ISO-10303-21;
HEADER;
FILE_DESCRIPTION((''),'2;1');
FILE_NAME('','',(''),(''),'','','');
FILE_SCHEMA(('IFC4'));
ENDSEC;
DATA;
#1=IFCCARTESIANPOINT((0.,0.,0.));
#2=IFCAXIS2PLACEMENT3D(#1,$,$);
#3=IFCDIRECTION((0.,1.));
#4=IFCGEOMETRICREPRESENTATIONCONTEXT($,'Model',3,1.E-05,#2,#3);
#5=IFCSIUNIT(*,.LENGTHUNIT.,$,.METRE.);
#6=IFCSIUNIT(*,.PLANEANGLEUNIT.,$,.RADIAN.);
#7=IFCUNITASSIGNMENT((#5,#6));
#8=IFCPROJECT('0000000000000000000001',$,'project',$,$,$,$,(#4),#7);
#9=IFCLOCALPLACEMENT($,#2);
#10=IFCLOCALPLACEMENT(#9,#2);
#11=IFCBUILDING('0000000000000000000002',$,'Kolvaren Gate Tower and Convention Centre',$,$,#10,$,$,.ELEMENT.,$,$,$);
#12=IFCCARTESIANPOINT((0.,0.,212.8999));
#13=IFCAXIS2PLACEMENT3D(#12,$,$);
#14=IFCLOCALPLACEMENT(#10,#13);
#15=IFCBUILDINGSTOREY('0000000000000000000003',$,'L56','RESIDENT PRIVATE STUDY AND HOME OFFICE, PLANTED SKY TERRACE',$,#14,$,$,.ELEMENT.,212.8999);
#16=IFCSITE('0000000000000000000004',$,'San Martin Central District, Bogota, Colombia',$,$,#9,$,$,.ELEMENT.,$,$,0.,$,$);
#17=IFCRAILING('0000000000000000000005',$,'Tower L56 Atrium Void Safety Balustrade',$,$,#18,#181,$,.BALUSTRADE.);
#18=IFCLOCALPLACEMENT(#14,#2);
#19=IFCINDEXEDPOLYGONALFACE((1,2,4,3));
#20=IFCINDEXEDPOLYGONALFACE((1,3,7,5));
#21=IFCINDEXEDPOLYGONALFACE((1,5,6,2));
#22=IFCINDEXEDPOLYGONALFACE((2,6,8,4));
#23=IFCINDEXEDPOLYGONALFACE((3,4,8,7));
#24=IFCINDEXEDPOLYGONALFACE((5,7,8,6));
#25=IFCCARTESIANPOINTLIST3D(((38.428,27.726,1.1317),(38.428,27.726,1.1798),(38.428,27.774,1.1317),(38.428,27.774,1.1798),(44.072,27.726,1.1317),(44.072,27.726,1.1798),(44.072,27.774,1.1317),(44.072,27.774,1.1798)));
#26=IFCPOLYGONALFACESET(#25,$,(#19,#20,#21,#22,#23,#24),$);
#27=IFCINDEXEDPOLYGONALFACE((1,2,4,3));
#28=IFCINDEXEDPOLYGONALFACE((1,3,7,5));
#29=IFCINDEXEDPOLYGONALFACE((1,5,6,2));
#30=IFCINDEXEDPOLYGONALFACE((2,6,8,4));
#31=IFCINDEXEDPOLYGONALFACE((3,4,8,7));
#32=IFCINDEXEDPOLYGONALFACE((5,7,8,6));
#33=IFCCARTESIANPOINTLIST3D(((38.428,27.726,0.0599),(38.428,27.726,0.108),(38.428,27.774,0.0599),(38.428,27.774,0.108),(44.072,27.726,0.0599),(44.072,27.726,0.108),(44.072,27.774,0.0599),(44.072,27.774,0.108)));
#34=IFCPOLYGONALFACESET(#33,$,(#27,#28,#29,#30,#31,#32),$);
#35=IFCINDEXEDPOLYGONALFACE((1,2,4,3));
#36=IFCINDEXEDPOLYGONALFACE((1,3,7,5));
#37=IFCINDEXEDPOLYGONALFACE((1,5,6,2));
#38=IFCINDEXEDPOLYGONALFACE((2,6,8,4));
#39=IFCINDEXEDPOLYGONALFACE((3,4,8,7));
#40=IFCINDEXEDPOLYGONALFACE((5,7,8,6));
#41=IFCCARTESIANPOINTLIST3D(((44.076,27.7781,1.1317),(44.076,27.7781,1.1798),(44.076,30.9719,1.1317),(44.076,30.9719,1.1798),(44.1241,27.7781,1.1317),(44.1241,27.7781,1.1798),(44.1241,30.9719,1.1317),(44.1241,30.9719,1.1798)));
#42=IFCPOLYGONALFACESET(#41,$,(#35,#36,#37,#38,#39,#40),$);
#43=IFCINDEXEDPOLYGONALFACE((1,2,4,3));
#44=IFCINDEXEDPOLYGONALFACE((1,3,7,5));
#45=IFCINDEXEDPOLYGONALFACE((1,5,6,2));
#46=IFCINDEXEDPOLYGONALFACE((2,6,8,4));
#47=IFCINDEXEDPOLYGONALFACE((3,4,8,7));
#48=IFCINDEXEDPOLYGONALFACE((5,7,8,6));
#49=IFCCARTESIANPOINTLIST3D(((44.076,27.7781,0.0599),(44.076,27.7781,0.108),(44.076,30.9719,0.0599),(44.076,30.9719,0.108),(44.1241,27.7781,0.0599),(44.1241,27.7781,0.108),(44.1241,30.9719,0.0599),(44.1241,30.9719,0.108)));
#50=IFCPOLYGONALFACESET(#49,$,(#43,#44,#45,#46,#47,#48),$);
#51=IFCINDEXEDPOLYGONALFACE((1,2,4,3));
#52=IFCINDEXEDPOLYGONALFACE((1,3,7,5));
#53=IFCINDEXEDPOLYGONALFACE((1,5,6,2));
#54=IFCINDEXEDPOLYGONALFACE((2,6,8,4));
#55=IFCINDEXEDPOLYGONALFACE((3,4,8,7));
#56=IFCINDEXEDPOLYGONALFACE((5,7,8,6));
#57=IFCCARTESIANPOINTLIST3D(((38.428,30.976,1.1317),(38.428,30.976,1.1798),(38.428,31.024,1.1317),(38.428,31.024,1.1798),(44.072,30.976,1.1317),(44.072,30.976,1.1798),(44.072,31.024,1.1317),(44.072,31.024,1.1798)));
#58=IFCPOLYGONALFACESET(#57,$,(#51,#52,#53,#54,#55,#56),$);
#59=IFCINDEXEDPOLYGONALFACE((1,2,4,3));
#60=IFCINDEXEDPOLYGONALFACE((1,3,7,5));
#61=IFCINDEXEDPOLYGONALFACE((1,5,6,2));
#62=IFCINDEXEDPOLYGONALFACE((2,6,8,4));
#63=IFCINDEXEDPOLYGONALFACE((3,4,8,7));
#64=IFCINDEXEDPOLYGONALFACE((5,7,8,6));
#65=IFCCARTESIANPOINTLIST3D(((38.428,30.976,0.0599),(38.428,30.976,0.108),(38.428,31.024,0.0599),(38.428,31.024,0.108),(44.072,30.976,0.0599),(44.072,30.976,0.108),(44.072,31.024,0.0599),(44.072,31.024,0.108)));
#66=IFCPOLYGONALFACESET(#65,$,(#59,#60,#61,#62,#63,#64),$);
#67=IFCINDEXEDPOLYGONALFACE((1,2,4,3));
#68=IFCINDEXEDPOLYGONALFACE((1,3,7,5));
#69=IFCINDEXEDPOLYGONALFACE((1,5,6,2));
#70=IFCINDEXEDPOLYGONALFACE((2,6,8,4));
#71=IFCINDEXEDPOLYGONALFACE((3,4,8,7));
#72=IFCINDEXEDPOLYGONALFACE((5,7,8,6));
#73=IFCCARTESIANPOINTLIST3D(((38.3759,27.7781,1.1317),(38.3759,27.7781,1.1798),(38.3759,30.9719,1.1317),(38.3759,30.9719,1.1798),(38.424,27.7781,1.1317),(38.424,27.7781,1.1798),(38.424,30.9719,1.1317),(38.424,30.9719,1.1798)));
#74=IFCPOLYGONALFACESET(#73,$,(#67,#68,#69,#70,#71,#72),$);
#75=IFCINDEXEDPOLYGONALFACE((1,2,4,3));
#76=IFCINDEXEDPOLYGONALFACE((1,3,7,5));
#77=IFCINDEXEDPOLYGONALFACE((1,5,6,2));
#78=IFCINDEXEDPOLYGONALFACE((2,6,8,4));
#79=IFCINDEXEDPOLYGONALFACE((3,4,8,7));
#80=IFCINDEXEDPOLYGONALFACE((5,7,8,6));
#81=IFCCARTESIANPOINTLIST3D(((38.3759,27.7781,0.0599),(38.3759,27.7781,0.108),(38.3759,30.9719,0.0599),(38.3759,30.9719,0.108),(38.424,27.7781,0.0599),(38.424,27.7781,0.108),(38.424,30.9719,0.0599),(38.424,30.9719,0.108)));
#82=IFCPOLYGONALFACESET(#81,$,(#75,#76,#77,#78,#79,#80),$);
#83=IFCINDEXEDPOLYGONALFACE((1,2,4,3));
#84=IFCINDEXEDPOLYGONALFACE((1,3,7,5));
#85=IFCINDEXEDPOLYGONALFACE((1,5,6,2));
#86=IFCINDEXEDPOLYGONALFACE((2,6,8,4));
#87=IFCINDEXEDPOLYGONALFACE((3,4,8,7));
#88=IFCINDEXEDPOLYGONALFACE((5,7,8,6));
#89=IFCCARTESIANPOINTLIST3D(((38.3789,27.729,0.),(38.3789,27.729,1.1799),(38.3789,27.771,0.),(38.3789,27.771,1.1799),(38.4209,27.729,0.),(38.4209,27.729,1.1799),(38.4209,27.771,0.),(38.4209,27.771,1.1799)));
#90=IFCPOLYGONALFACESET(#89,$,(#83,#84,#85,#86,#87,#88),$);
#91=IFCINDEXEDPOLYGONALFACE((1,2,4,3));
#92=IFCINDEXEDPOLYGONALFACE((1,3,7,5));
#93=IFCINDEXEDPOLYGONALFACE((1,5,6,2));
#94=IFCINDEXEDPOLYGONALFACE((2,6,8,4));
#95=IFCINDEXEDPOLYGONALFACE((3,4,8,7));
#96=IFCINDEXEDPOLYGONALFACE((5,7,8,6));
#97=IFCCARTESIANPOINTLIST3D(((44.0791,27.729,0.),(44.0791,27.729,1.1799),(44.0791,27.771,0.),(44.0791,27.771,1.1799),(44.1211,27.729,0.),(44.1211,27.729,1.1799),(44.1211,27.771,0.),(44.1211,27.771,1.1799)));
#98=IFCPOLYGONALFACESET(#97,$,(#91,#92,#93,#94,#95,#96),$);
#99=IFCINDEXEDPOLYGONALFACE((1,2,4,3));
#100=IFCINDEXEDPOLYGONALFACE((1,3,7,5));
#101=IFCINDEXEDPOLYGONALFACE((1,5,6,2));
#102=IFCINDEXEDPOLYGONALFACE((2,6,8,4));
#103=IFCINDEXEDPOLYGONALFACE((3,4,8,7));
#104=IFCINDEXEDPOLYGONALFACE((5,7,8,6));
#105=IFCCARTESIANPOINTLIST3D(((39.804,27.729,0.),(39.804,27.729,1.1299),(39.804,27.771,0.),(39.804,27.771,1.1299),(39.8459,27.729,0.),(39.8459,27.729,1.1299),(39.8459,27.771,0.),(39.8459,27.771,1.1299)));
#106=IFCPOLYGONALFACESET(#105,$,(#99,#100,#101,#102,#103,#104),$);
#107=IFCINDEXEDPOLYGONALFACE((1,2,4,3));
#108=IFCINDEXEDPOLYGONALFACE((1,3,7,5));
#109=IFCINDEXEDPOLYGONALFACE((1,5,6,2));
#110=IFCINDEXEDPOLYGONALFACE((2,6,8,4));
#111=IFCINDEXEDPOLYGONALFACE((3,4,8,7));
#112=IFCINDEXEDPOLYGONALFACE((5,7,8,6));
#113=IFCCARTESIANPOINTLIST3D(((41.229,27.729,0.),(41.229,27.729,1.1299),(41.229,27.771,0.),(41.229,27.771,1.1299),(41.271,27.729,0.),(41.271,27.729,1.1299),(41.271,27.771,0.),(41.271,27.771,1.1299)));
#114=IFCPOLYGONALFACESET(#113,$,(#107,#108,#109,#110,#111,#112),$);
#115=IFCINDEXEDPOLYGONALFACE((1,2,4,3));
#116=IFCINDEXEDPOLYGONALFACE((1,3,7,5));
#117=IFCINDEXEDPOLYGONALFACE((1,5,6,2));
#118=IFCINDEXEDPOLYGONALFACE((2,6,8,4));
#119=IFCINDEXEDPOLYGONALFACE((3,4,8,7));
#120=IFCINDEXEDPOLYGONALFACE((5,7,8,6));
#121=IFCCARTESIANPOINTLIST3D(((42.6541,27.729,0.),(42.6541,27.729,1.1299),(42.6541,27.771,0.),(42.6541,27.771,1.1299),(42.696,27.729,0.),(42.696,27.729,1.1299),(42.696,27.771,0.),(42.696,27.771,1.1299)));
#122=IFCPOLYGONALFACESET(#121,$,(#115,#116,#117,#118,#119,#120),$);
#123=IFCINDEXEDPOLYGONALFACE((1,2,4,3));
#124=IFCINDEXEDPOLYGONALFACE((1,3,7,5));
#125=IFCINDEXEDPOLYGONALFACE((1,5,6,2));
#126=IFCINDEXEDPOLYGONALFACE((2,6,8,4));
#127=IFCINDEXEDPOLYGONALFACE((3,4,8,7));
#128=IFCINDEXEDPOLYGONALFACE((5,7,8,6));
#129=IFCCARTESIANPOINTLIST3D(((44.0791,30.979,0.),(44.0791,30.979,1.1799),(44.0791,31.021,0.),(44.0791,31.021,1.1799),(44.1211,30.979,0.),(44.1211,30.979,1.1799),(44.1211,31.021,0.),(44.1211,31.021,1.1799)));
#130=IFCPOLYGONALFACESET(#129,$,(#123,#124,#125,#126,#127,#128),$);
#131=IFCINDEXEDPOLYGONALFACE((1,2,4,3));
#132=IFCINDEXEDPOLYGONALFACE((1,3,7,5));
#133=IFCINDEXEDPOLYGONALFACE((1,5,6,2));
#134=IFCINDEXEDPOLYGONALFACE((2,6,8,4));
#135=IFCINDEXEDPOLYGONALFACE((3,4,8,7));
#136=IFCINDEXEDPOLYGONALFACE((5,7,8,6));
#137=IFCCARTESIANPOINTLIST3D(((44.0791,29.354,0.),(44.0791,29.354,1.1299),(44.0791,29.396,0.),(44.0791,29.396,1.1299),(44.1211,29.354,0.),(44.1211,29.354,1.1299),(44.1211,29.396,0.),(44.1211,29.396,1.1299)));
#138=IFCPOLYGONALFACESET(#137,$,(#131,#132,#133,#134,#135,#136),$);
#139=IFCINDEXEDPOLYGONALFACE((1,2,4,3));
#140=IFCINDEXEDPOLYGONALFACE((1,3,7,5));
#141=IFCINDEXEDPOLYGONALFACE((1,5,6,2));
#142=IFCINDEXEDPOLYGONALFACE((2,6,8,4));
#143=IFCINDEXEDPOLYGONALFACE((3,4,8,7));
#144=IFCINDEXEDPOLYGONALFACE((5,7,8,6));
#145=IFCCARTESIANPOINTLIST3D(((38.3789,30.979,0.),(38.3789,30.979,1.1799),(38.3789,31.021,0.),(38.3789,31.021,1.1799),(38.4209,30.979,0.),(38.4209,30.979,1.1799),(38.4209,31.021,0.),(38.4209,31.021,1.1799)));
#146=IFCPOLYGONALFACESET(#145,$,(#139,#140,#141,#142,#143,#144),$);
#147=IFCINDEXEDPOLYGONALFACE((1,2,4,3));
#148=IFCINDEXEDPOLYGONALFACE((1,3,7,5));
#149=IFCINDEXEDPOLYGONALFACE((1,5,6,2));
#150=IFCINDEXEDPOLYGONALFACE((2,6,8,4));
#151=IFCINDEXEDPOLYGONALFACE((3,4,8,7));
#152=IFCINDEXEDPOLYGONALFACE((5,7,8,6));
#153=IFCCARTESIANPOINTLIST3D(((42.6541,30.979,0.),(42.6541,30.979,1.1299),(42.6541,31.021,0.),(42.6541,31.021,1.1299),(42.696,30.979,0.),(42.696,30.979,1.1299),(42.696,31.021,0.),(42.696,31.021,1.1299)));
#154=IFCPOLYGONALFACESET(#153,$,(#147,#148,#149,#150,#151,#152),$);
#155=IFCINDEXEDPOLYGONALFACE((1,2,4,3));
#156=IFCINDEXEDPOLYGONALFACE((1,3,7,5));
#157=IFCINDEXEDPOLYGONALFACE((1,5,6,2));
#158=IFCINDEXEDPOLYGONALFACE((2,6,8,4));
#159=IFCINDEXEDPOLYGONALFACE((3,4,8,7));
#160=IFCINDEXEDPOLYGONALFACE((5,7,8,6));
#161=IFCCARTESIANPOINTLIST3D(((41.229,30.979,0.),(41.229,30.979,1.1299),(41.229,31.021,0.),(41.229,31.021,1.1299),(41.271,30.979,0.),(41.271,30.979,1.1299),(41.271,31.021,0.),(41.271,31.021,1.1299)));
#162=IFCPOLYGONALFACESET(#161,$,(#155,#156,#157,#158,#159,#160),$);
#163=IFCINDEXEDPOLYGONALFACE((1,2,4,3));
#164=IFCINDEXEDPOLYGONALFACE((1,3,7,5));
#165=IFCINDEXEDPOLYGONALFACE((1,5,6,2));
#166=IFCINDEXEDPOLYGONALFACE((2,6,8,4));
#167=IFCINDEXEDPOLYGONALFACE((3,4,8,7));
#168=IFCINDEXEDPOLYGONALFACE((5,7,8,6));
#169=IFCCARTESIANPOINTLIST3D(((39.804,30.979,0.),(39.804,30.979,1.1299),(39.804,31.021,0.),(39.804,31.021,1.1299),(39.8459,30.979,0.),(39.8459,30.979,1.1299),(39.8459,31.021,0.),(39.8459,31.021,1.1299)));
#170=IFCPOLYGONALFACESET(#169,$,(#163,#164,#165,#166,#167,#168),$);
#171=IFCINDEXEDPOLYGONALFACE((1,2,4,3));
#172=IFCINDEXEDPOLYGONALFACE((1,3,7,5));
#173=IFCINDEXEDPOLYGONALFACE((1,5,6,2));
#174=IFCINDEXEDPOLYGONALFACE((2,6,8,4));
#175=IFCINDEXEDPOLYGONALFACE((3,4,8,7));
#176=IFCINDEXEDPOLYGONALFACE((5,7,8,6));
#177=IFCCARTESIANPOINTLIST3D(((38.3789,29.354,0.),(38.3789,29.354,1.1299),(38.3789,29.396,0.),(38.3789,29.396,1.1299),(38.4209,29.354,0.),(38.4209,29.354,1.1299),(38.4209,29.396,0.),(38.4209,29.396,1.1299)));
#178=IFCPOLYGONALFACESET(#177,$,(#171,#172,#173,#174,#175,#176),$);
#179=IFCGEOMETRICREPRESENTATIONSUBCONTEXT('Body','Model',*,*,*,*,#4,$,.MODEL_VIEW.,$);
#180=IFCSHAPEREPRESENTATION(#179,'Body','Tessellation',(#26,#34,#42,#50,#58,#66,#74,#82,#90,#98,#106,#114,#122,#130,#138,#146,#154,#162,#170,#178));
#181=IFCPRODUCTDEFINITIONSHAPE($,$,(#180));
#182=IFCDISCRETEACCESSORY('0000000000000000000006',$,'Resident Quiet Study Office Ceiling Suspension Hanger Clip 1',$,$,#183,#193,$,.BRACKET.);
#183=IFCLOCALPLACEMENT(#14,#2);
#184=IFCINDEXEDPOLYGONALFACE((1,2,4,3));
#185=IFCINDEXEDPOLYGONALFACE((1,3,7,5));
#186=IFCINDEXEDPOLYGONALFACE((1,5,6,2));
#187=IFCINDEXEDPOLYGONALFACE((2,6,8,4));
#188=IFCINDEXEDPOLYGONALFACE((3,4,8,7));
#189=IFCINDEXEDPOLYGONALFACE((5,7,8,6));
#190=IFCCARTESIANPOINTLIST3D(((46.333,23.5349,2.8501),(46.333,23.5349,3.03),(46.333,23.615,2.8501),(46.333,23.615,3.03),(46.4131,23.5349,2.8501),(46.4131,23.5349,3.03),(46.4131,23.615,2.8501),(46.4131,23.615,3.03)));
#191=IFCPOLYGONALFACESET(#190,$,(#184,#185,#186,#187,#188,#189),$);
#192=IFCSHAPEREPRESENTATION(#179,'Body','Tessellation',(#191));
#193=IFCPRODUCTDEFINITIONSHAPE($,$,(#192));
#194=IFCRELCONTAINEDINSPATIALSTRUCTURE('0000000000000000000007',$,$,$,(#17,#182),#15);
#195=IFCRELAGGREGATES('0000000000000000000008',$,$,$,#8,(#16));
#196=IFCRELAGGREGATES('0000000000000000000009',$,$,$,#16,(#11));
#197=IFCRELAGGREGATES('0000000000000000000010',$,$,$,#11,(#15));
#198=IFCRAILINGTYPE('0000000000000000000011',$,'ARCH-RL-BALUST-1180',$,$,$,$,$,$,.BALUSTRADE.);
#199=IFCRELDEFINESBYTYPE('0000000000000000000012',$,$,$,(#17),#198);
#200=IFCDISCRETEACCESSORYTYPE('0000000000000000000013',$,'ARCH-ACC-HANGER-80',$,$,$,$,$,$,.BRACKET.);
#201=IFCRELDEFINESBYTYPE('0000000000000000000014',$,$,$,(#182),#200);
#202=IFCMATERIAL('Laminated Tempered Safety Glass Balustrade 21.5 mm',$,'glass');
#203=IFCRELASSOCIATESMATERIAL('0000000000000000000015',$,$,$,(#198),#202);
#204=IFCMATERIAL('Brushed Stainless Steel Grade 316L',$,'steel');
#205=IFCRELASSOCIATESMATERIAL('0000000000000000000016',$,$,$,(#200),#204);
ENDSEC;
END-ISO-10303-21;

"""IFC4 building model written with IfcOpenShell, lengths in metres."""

from ifc_helpers import new_model, si_unit, direction, frame, origin, origin_2d, place, context, subcontext, project, spatial, rectangle, extrude, material, type_object, element, save


model = new_model("IFC4")

# Units and contexts
model_context = context("Model", 3, precision=1e-05, world=origin(), true_north=direction((0.0, 1.0)))
body_context = subcontext(model_context, "Body", "Model", "MODEL_VIEW")
ifc_project = project(units=[si_unit("LENGTHUNIT", "METRE"), si_unit("PLANEANGLEUNIT", "RADIAN")], contexts=[model_context])

# Site, building, storey
site_placement = place(None, origin())
site = spatial("IfcSite", under=ifc_project, at=site_placement, Name="San Martin Central District, Bogota, Colombia", CompositionType="ELEMENT", RefElevation=0.0)
building_placement = place(site_placement, origin())
building = spatial("IfcBuilding", under=site, at=building_placement, Name="Kolvaren Gate Tower and Convention Centre", CompositionType="ELEMENT")
storey_placement = place(building_placement, frame((0.0, 0.0, 212.8999)))
storey = spatial("IfcBuildingStorey", under=building, at=storey_placement, Name="L56", Description="RESIDENT PRIVATE STUDY AND HOME OFFICE, PLANTED SKY TERRACE", CompositionType="ELEMENT", Elevation=212.8999)

# Railing
ifc_material_1 = material(Name="Laminated Tempered Safety Glass Balustrade 21.5 mm", Category="glass")
railing_type = type_object("IfcRailingType", Name="ARCH-RL-BALUST-1180", PredefinedType="BALUSTRADE", material=ifc_material_1)
railing_placement = place(storey_placement, frame((38.3999, 27.75, 0.0)))
element("IfcRailing", 1, at=railing_placement, inside=storey, type_object=railing_type, Name="Tower L56 Atrium Void Safety Balustrade", PredefinedType="BALUSTRADE", context=body_context, shape_type="SweptSolid", body=[
    extrude(rectangle(XDim=0.0481, YDim=0.0481, at=origin_2d()), frame((0.0281, 0.0, 1.1558), z_axis=(1.0, 0.0, 0.0), x_axis=(0.0, 1.0, 0.0)), (0.0, 0.0, 1.0), 5.644),
    extrude(rectangle(XDim=0.0481, YDim=0.0481, at=origin_2d()), frame((0.0281, 0.0, 0.084), z_axis=(1.0, 0.0, 0.0), x_axis=(0.0, 1.0, 0.0)), (0.0, 0.0, 1.0), 5.644),
    extrude(rectangle(XDim=0.0481, YDim=0.0481, at=origin_2d()), frame((5.7002, 0.0281, 1.1558), z_axis=(0.0, 1.0, 0.0), x_axis=(-1.0, 0.0, 0.0)), (0.0, 0.0, 1.0), 3.1938),
    extrude(rectangle(XDim=0.0481, YDim=0.0481, at=origin_2d()), frame((5.7002, 0.0281, 0.084), z_axis=(0.0, 1.0, 0.0), x_axis=(-1.0, 0.0, 0.0)), (0.0, 0.0, 1.0), 3.1938),
    extrude(rectangle(XDim=0.0481, YDim=0.0481, at=origin_2d()), frame((5.6721, 3.25, 1.1558), z_axis=(-1.0, 0.0, 0.0), x_axis=(0.0, -1.0, 0.0)), (0.0, 0.0, 1.0), 5.644),
    extrude(rectangle(XDim=0.0481, YDim=0.0481, at=origin_2d()), frame((5.6721, 3.25, 0.084), z_axis=(-1.0, 0.0, 0.0), x_axis=(0.0, -1.0, 0.0)), (0.0, 0.0, 1.0), 5.644),
    extrude(rectangle(XDim=0.0481, YDim=0.0481, at=origin_2d()), frame((0.0, 3.2219, 1.1558), z_axis=(0.0, -1.0, 0.0), x_axis=(1.0, 0.0, 0.0)), (0.0, 0.0, 1.0), 3.1938),
    extrude(rectangle(XDim=0.0481, YDim=0.0481, at=origin_2d()), frame((0.0, 3.2219, 0.084), z_axis=(0.0, -1.0, 0.0), x_axis=(1.0, 0.0, 0.0)), (0.0, 0.0, 1.0), 3.1938),
    extrude(rectangle(XDim=0.042, YDim=0.042, at=origin_2d()), origin(), (0.0, 0.0, 1.0), 1.1799),
    extrude(rectangle(XDim=0.042, YDim=0.042, at=origin_2d()), frame((5.7002, 0.0, 0.0)), (0.0, 0.0, 1.0), 1.1799),
    extrude(rectangle(XDim=0.042, YDim=0.042, at=origin_2d()), frame((1.425, 0.0, 0.0)), (0.0, 0.0, 1.0), 1.1299),
    extrude(rectangle(XDim=0.042, YDim=0.042, at=origin_2d()), frame((2.8501, 0.0, 0.0)), (0.0, 0.0, 1.0), 1.1299),
    extrude(rectangle(XDim=0.042, YDim=0.042, at=origin_2d()), frame((4.2751, 0.0, 0.0)), (0.0, 0.0, 1.0), 1.1299),
    extrude(rectangle(XDim=0.042, YDim=0.042, at=origin_2d()), frame((5.7002, 3.25, 0.0)), (0.0, 0.0, 1.0), 1.1799),
    extrude(rectangle(XDim=0.042, YDim=0.042, at=origin_2d()), frame((5.7002, 1.625, 0.0)), (0.0, 0.0, 1.0), 1.1299),
    extrude(rectangle(XDim=0.042, YDim=0.042, at=origin_2d()), frame((0.0, 3.25, 0.0)), (0.0, 0.0, 1.0), 1.1799),
    extrude(rectangle(XDim=0.042, YDim=0.042, at=origin_2d()), frame((4.2751, 3.25, 0.0)), (0.0, 0.0, 1.0), 1.1299),
    extrude(rectangle(XDim=0.042, YDim=0.042, at=origin_2d()), frame((2.8501, 3.25, 0.0)), (0.0, 0.0, 1.0), 1.1299),
    extrude(rectangle(XDim=0.042, YDim=0.042, at=origin_2d()), frame((1.425, 3.25, 0.0)), (0.0, 0.0, 1.0), 1.1299),
    extrude(rectangle(XDim=0.042, YDim=0.042, at=origin_2d()), frame((0.0, 1.625, 0.0)), (0.0, 0.0, 1.0), 1.1299),
])

# Discrete accessory
ifc_material_2 = material(Name="Brushed Stainless Steel Grade 316L", Category="steel")
discrete_accessory_type = type_object("IfcDiscreteAccessoryType", Name="ARCH-ACC-HANGER-80", PredefinedType="BRACKET", material=ifc_material_2)
discrete_accessory_placement = place(storey_placement, frame((46.373, 23.575, 2.8501), z_axis=(0.0, 0.0, 1.0), x_axis=(1.0, 0.0, 0.0)))
element("IfcDiscreteAccessory", 2, at=discrete_accessory_placement, inside=storey, type_object=discrete_accessory_type, Name="Resident Quiet Study Office Ceiling Suspension Hanger Clip 1", PredefinedType="BRACKET", context=body_context, shape_type="SweptSolid", body=[
    extrude(rectangle(XDim=0.0801, YDim=0.0801, at=origin_2d()), origin(), (0.0, 0.0, 1.0), 0.1799),
])

save(model, "model.ifc")
